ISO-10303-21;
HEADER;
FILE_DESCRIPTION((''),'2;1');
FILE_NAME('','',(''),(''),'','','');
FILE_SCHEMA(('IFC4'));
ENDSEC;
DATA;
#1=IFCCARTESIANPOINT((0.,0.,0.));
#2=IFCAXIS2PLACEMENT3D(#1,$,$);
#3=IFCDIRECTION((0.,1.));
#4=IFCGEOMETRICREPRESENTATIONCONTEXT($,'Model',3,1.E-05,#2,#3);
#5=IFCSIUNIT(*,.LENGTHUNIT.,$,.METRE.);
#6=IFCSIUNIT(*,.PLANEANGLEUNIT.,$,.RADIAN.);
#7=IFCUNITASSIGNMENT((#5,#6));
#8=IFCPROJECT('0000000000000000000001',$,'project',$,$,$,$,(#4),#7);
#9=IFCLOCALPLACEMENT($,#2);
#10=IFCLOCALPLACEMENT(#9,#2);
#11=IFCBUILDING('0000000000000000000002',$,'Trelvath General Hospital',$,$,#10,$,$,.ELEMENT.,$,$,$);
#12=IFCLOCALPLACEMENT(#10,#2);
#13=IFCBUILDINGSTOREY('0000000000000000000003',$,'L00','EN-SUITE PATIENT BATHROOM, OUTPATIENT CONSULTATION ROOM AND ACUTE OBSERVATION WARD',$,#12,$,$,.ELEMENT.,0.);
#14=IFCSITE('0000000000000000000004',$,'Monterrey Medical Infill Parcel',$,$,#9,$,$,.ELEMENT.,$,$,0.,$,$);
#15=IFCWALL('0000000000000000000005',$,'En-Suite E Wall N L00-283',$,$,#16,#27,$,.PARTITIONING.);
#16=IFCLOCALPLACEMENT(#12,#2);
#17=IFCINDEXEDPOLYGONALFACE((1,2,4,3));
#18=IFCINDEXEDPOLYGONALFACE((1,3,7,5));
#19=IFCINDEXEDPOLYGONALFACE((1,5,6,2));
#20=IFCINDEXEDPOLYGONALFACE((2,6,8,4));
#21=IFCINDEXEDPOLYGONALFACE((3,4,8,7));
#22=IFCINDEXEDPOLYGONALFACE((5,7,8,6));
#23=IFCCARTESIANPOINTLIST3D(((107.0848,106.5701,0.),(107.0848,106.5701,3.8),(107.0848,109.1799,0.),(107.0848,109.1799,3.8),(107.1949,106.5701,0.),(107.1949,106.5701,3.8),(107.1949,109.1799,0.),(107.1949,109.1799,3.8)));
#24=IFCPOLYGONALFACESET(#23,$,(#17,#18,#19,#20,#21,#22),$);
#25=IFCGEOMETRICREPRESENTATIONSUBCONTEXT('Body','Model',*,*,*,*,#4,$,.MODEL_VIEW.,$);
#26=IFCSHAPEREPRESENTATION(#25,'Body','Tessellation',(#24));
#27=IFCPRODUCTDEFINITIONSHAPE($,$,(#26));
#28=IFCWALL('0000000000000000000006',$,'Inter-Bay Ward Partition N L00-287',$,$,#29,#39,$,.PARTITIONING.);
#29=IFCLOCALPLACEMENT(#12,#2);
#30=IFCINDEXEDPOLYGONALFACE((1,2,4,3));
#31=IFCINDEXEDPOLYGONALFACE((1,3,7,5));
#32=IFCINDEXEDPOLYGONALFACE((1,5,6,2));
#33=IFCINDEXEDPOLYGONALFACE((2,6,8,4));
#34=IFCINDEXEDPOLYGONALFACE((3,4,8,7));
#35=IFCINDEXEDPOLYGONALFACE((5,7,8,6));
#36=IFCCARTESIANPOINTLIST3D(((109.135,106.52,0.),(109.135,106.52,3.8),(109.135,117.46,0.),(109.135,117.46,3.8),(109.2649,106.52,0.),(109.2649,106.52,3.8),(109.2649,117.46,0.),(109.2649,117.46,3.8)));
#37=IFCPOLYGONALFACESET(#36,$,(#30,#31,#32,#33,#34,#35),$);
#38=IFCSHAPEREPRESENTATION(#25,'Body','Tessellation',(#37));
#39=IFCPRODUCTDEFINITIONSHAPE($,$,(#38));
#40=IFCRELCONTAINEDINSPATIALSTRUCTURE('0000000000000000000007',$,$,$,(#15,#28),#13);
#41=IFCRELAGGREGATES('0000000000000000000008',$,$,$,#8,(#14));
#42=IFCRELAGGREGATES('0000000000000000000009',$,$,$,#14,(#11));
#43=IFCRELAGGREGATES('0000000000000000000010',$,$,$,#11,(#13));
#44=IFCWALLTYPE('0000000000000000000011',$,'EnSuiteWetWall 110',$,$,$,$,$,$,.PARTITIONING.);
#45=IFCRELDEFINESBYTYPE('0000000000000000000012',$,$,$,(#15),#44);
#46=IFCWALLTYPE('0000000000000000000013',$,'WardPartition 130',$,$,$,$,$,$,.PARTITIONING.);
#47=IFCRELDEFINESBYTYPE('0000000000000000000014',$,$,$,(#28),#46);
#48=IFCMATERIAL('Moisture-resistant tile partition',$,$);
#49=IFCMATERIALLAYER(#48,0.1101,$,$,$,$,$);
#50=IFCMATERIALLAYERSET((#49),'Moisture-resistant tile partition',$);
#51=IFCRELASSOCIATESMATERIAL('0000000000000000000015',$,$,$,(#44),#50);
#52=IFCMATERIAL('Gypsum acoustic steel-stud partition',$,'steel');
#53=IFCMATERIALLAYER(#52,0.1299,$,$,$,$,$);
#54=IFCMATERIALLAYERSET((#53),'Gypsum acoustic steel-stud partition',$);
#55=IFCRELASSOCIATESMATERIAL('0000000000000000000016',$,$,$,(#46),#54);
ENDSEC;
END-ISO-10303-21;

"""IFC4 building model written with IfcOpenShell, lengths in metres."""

from ifc_helpers import new_model, si_unit, direction, frame, frame_2d, origin, place, context, subcontext, project, spatial, rectangle, extrude, material, layer, layer_set, type_object, element, save


model = new_model("IFC4")

# Units and contexts
model_context = context("Model", 3, precision=1e-05, world=origin(), true_north=direction((0.0, 1.0)))
body_context = subcontext(model_context, "Body", "Model", "MODEL_VIEW")
ifc_project = project(units=[si_unit("LENGTHUNIT", "METRE"), si_unit("PLANEANGLEUNIT", "RADIAN")], contexts=[model_context])

# Site, building, storey
site_placement = place(None, origin())
site = spatial("IfcSite", under=ifc_project, at=site_placement, Name="Monterrey Medical Infill Parcel", CompositionType="ELEMENT", RefElevation=0.0)
building_placement = place(site_placement, origin())
building = spatial("IfcBuilding", under=site, at=building_placement, Name="Trelvath General Hospital", CompositionType="ELEMENT")
storey_placement = place(building_placement, origin())
storey = spatial("IfcBuildingStorey", under=building, at=storey_placement, Name="L00", Description="EN-SUITE PATIENT BATHROOM, OUTPATIENT CONSULTATION ROOM AND ACUTE OBSERVATION WARD", CompositionType="ELEMENT", Elevation=0.0)

# Wall
ifc_material_1 = material(Name="Moisture-resistant tile partition")
ifc_layer_1 = layer(ifc_material_1, 0.1101)
ifc_layer_set_1 = layer_set([ifc_layer_1], Name="Moisture-resistant tile partition")
wall_type_1 = type_object("IfcWallType", Name="EnSuiteWetWall 110", PredefinedType="PARTITIONING", material=ifc_layer_set_1)
wall_1_placement = place(storey_placement, frame((107.1399, 106.5701, 0.0), z_axis=(0.0, 0.0, 1.0), x_axis=(0.0, 1.0, 0.0)))
element("IfcWall", 1, at=wall_1_placement, inside=storey, type_object=wall_type_1, Name="En-Suite E Wall N L00-283", PredefinedType="PARTITIONING", context=body_context, shape_type="SweptSolid", body=[
    extrude(rectangle(XDim=2.6099, YDim=0.1101, at=frame_2d((1.3049, 0.0))), origin(), (0.0, 0.0, 1.0), 3.8),
])

# Wall
ifc_material_2 = material(Name="Gypsum acoustic steel-stud partition", Category="steel")
ifc_layer_2 = layer(ifc_material_2, 0.1299)
ifc_layer_set_2 = layer_set([ifc_layer_2], Name="Gypsum acoustic steel-stud partition")
wall_type_2 = type_object("IfcWallType", Name="WardPartition 130", PredefinedType="PARTITIONING", material=ifc_layer_set_2)
wall_2_placement = place(storey_placement, frame((109.2, 106.52, 0.0), z_axis=(0.0, 0.0, 1.0), x_axis=(0.0, 1.0, 0.0)))
element("IfcWall", 2, at=wall_2_placement, inside=storey, type_object=wall_type_2, Name="Inter-Bay Ward Partition N L00-287", PredefinedType="PARTITIONING", context=body_context, shape_type="SweptSolid", body=[
    extrude(rectangle(XDim=10.9399, YDim=0.1299, at=frame_2d((5.47, 0.0))), origin(), (0.0, 0.0, 1.0), 3.8),
])

save(model, "model.ifc")
